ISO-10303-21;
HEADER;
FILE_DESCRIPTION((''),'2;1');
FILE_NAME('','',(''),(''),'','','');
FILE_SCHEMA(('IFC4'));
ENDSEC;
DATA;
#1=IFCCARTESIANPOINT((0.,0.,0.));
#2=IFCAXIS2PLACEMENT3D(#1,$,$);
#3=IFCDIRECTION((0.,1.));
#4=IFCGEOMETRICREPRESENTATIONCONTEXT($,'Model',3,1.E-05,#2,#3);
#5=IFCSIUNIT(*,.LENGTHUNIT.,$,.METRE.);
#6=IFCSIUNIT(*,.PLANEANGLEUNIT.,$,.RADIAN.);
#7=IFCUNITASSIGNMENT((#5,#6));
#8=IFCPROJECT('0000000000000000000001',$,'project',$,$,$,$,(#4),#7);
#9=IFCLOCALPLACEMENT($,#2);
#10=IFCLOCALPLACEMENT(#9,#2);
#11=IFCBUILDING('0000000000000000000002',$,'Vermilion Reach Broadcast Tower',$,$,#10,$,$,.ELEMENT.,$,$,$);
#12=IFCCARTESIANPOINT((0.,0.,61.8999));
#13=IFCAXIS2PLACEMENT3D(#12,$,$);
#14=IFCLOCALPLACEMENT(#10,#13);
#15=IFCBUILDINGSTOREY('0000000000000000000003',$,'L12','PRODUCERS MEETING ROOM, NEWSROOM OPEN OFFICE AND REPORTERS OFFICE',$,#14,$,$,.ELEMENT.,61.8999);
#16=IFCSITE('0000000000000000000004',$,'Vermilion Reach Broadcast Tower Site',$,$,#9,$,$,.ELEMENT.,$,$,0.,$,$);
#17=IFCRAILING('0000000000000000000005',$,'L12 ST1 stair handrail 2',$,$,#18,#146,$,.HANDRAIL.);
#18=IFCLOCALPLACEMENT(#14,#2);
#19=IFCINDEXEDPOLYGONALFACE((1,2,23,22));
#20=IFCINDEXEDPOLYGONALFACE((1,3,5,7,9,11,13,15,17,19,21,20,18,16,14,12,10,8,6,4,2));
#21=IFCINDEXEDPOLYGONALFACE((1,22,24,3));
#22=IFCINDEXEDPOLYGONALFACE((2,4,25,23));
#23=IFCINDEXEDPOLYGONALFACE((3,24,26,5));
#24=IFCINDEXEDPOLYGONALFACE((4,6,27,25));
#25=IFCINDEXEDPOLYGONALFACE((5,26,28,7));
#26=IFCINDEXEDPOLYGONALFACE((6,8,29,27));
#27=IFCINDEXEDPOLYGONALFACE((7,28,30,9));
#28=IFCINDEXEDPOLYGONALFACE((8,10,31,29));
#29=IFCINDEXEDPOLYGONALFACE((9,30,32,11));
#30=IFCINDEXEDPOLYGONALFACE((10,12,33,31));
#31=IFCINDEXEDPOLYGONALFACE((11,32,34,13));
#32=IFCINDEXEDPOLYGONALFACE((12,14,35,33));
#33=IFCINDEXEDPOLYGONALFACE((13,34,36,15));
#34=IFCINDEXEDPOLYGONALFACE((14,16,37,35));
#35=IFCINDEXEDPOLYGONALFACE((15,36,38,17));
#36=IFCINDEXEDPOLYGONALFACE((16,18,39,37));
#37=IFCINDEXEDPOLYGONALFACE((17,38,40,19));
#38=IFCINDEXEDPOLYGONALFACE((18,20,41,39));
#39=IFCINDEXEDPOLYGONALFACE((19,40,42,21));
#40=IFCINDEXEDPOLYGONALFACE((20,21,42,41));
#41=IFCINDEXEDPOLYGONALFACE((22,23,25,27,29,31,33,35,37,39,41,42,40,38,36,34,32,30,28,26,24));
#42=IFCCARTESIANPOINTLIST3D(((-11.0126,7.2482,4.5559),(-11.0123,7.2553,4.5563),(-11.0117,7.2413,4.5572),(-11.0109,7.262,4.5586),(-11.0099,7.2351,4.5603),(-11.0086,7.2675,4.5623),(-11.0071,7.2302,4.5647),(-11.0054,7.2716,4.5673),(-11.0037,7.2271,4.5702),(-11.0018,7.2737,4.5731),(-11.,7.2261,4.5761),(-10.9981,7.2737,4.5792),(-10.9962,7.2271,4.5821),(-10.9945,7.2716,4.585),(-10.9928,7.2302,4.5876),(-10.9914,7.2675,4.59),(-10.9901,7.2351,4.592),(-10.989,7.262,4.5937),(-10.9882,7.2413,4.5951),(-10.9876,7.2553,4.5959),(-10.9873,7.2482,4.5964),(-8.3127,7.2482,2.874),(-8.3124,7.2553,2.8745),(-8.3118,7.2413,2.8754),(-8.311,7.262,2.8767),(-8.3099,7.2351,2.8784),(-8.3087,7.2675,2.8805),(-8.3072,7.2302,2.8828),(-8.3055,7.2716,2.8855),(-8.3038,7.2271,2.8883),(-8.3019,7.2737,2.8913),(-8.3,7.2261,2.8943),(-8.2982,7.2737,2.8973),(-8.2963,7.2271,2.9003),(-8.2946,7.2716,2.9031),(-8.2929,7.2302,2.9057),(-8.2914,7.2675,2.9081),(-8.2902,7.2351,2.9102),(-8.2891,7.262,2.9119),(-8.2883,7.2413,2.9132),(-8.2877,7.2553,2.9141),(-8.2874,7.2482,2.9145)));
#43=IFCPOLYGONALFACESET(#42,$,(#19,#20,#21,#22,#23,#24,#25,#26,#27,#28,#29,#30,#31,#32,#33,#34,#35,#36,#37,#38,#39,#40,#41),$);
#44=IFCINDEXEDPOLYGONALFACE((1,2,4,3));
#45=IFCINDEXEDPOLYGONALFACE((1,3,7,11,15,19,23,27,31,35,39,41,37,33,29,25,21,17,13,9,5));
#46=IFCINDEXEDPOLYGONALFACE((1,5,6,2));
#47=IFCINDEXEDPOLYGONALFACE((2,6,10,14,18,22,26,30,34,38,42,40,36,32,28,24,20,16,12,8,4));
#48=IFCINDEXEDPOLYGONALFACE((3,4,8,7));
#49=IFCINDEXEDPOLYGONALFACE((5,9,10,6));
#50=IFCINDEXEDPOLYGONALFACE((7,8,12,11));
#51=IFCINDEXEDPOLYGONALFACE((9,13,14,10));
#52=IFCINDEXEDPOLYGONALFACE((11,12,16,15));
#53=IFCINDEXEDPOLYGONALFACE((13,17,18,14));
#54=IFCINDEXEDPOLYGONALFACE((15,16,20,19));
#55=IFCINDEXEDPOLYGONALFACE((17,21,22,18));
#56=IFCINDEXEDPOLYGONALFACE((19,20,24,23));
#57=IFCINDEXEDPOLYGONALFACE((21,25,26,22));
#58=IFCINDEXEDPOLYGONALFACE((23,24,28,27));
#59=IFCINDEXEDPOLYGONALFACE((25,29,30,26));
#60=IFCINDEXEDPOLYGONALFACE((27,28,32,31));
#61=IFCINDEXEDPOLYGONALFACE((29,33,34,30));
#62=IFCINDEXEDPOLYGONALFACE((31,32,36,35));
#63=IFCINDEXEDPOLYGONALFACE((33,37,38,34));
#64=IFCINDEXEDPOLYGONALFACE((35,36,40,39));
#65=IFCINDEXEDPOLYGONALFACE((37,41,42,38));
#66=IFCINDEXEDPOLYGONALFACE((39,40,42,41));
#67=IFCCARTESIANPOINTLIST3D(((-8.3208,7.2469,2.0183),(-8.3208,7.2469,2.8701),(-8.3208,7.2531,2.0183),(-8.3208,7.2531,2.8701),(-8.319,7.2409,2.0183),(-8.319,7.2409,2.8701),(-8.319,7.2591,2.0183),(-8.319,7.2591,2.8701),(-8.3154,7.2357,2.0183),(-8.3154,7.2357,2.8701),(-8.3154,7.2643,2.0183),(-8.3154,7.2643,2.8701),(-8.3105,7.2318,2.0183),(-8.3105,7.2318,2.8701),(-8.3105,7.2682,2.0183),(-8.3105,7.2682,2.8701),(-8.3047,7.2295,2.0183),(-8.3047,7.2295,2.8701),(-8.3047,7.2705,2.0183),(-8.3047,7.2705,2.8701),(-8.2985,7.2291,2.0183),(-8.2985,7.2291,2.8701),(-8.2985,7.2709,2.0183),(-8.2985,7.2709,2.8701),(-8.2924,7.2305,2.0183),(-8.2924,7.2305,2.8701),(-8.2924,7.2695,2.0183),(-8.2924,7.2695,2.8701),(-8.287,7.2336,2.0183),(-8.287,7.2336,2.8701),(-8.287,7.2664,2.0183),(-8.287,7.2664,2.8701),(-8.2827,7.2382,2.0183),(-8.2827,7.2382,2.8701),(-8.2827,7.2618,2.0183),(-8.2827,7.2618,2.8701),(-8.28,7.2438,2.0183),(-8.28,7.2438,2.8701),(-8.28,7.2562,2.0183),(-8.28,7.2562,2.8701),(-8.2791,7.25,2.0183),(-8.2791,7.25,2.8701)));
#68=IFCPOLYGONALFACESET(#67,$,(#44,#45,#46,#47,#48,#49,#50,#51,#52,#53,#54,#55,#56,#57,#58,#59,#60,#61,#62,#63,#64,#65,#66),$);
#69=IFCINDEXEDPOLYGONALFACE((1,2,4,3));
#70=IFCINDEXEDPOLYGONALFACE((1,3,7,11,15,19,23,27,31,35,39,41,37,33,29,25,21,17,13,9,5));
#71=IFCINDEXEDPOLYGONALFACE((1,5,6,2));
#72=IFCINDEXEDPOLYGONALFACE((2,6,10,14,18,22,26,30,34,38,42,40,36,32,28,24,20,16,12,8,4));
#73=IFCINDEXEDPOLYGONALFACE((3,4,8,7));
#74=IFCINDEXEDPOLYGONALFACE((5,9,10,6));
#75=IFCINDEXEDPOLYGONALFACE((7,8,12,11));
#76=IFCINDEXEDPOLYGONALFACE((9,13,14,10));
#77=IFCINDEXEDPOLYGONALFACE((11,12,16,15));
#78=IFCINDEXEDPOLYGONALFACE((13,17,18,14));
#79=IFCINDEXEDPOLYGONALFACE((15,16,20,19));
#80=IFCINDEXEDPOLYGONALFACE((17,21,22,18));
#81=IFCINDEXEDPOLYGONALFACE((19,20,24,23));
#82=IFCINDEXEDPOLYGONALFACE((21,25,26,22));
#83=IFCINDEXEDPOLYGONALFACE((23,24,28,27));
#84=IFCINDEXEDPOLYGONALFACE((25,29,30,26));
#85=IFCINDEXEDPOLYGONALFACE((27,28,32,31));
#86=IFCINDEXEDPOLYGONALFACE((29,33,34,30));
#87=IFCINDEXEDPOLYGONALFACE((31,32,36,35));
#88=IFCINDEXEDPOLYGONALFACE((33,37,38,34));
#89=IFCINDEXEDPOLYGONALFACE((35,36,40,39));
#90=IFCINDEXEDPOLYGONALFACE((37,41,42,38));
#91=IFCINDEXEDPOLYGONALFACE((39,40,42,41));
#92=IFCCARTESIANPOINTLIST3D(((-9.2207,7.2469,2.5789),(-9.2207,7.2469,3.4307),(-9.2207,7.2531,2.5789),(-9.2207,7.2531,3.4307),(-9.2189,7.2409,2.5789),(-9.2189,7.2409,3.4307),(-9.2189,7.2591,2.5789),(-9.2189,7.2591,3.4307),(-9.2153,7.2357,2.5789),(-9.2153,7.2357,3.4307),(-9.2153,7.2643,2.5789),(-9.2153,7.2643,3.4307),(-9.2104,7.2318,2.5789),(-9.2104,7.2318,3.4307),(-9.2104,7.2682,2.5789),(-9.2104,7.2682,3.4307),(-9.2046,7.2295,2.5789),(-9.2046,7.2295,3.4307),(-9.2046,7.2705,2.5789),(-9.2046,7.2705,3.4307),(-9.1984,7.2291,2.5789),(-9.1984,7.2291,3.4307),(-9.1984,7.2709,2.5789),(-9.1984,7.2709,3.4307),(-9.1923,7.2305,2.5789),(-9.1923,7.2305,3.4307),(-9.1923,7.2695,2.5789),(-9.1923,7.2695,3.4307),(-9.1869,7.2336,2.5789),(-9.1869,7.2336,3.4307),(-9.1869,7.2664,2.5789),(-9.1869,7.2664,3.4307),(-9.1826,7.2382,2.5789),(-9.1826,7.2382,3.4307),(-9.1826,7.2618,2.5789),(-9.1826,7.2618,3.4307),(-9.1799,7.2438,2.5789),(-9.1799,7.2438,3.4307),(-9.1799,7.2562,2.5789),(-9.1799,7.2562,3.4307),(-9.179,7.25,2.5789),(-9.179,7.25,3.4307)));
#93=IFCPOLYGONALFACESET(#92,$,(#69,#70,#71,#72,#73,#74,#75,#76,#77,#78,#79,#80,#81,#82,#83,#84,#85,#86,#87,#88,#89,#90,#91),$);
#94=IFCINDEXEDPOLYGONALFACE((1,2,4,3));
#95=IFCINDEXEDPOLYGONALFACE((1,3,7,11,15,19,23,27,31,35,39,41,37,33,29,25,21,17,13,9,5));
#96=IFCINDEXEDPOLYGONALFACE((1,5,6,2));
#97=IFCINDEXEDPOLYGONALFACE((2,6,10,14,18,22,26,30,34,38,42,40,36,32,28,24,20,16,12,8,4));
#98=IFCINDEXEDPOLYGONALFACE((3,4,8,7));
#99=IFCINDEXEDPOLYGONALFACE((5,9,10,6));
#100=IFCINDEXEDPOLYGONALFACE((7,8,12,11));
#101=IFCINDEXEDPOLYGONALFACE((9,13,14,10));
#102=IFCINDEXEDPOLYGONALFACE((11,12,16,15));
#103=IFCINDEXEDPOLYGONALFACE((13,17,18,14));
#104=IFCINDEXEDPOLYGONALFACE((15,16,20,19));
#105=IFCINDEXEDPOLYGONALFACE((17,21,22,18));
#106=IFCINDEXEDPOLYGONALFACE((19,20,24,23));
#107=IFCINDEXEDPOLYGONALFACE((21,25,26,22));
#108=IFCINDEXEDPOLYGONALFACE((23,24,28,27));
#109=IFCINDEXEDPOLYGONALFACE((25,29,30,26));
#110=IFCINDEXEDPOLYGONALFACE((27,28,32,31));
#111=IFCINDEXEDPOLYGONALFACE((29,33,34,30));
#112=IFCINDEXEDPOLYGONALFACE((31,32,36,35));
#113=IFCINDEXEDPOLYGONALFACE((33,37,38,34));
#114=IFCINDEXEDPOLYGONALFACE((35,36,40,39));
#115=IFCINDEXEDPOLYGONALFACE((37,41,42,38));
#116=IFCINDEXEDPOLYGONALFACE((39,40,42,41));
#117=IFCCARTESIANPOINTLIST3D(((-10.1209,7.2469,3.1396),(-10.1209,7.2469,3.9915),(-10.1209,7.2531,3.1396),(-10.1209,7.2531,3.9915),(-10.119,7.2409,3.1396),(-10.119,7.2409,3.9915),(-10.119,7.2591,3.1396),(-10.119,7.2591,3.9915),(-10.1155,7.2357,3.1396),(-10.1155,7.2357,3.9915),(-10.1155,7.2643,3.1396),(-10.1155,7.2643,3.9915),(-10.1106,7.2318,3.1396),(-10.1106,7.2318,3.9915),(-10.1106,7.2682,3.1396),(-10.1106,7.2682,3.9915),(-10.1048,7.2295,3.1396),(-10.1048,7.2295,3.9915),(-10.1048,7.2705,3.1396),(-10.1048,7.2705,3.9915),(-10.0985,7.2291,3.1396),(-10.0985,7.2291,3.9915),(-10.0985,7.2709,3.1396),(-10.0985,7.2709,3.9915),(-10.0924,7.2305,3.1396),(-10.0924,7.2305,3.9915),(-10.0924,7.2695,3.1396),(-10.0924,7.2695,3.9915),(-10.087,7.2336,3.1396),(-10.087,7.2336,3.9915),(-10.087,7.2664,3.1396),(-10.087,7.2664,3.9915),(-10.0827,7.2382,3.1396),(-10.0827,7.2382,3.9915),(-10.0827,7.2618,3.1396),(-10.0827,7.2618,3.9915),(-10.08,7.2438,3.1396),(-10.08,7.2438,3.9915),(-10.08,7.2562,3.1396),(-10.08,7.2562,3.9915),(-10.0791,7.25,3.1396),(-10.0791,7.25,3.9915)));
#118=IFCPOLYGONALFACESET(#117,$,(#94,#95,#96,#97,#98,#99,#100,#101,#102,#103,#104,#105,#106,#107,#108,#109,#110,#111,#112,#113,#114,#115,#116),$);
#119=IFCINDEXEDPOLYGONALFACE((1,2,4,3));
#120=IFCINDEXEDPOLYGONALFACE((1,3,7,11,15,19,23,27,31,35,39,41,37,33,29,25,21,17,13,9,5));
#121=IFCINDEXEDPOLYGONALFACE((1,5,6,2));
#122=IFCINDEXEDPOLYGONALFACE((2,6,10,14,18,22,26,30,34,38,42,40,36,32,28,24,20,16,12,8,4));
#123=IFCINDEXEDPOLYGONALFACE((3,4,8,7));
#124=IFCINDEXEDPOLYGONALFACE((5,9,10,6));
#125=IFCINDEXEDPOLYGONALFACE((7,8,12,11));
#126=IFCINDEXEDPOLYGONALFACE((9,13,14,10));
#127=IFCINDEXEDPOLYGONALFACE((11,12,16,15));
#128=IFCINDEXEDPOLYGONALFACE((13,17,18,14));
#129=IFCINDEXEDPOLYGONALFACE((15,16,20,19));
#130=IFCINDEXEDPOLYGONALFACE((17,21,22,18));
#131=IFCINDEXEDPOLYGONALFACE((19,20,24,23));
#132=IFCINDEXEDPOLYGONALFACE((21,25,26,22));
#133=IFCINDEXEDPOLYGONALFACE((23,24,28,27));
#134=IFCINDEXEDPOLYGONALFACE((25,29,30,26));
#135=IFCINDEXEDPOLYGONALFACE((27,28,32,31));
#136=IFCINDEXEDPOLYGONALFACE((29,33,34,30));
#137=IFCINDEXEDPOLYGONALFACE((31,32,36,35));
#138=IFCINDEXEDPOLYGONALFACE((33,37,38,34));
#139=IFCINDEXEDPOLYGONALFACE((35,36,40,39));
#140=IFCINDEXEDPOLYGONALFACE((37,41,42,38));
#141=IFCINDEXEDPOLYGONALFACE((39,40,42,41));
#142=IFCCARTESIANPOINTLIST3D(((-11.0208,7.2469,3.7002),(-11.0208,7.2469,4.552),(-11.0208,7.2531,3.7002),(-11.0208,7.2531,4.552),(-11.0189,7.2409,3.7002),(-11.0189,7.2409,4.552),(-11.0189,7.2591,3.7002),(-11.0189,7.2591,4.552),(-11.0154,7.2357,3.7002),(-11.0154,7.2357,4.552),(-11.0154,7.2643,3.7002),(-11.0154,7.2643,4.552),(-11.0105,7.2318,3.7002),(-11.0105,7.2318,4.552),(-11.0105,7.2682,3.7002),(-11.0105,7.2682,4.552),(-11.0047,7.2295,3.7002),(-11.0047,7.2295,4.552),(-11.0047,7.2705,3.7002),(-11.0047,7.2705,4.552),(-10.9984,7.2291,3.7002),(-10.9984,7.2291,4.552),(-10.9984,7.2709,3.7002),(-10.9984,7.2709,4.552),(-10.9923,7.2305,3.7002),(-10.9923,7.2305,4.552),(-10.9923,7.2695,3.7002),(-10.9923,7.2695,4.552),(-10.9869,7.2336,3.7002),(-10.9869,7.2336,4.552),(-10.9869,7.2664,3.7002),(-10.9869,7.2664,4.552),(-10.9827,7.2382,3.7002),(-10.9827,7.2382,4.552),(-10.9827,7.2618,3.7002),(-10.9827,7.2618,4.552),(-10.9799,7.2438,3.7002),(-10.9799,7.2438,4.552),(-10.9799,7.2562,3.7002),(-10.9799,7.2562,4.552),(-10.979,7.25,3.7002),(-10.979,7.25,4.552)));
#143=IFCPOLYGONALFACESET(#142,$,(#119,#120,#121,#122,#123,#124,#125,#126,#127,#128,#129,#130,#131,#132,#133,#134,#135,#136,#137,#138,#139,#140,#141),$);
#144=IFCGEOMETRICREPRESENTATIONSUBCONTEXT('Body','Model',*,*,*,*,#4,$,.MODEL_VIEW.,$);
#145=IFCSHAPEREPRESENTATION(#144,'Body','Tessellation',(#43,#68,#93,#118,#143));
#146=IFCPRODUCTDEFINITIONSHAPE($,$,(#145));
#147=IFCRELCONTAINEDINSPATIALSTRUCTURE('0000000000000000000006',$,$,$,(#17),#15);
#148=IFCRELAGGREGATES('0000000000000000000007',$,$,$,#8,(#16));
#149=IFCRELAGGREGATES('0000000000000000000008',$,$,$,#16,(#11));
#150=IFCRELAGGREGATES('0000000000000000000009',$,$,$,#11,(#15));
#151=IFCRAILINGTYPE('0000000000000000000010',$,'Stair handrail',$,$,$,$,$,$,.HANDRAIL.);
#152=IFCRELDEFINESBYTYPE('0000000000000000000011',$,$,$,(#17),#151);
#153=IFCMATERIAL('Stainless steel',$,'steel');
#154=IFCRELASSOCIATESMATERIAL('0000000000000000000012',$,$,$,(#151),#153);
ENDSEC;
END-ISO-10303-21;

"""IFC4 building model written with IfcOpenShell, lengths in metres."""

from ifc_helpers import new_model, si_unit, direction, frame, origin, origin_2d, place, context, subcontext, project, spatial, circle, extrude, material, type_object, element, save


model = new_model("IFC4")

# Units and contexts
model_context = context("Model", 3, precision=1e-05, world=origin(), true_north=direction((0.0, 1.0)))
body_context = subcontext(model_context, "Body", "Model", "MODEL_VIEW")
ifc_project = project(units=[si_unit("LENGTHUNIT", "METRE"), si_unit("PLANEANGLEUNIT", "RADIAN")], contexts=[model_context])

# Site, building, storey
site_placement = place(None, origin())
site = spatial("IfcSite", under=ifc_project, at=site_placement, Name="Vermilion Reach Broadcast Tower Site", CompositionType="ELEMENT", RefElevation=0.0)
building_placement = place(site_placement, origin())
building = spatial("IfcBuilding", under=site, at=building_placement, Name="Vermilion Reach Broadcast Tower", CompositionType="ELEMENT")
storey_placement = place(building_placement, frame((0.0, 0.0, 61.8999)))
storey = spatial("IfcBuildingStorey", under=building, at=storey_placement, Name="L12", Description="PRODUCERS MEETING ROOM, NEWSROOM OPEN OFFICE AND REPORTERS OFFICE", CompositionType="ELEMENT", Elevation=61.8999)

# Railing
ifc_material_1 = material(Name="Stainless steel", Category="steel")
railing_type_1 = type_object("IfcRailingType", Name="Stair handrail", PredefinedType="HANDRAIL", material=ifc_material_1)
railing_1_placement = place(storey_placement, frame((-8.3, 7.25, 2.0183)))
element("IfcRailing", 1, at=railing_1_placement, inside=storey, type_object=railing_type_1, Name="L12 ST1 stair handrail 2", PredefinedType="HANDRAIL", context=body_context, shape_type="SweptSolid", body=[
    extrude(circle(Radius=0.0239, at=origin_2d()), frame((0.0, 0.0, 0.876), z_axis=(-0.848786, 0.0, 0.528736), x_axis=(0.0, -1.0, 0.0)), (0.0, 0.0, 1.0), 3.1809),
    extrude(circle(Radius=0.021, at=origin_2d()), origin(), (0.0, 0.0, 1.0), 0.8518),
    extrude(circle(Radius=0.021, at=origin_2d()), frame((-0.8999, 0.0, 0.5605)), (0.0, 0.0, 1.0), 0.8518),
    extrude(circle(Radius=0.021, at=origin_2d()), frame((-1.8, 0.0, 1.1213)), (0.0, 0.0, 1.0), 0.8518),
    extrude(circle(Radius=0.021, at=origin_2d()), frame((-2.7, 0.0, 1.6819)), (0.0, 0.0, 1.0), 0.8518),
])

save(model, "model.ifc")
